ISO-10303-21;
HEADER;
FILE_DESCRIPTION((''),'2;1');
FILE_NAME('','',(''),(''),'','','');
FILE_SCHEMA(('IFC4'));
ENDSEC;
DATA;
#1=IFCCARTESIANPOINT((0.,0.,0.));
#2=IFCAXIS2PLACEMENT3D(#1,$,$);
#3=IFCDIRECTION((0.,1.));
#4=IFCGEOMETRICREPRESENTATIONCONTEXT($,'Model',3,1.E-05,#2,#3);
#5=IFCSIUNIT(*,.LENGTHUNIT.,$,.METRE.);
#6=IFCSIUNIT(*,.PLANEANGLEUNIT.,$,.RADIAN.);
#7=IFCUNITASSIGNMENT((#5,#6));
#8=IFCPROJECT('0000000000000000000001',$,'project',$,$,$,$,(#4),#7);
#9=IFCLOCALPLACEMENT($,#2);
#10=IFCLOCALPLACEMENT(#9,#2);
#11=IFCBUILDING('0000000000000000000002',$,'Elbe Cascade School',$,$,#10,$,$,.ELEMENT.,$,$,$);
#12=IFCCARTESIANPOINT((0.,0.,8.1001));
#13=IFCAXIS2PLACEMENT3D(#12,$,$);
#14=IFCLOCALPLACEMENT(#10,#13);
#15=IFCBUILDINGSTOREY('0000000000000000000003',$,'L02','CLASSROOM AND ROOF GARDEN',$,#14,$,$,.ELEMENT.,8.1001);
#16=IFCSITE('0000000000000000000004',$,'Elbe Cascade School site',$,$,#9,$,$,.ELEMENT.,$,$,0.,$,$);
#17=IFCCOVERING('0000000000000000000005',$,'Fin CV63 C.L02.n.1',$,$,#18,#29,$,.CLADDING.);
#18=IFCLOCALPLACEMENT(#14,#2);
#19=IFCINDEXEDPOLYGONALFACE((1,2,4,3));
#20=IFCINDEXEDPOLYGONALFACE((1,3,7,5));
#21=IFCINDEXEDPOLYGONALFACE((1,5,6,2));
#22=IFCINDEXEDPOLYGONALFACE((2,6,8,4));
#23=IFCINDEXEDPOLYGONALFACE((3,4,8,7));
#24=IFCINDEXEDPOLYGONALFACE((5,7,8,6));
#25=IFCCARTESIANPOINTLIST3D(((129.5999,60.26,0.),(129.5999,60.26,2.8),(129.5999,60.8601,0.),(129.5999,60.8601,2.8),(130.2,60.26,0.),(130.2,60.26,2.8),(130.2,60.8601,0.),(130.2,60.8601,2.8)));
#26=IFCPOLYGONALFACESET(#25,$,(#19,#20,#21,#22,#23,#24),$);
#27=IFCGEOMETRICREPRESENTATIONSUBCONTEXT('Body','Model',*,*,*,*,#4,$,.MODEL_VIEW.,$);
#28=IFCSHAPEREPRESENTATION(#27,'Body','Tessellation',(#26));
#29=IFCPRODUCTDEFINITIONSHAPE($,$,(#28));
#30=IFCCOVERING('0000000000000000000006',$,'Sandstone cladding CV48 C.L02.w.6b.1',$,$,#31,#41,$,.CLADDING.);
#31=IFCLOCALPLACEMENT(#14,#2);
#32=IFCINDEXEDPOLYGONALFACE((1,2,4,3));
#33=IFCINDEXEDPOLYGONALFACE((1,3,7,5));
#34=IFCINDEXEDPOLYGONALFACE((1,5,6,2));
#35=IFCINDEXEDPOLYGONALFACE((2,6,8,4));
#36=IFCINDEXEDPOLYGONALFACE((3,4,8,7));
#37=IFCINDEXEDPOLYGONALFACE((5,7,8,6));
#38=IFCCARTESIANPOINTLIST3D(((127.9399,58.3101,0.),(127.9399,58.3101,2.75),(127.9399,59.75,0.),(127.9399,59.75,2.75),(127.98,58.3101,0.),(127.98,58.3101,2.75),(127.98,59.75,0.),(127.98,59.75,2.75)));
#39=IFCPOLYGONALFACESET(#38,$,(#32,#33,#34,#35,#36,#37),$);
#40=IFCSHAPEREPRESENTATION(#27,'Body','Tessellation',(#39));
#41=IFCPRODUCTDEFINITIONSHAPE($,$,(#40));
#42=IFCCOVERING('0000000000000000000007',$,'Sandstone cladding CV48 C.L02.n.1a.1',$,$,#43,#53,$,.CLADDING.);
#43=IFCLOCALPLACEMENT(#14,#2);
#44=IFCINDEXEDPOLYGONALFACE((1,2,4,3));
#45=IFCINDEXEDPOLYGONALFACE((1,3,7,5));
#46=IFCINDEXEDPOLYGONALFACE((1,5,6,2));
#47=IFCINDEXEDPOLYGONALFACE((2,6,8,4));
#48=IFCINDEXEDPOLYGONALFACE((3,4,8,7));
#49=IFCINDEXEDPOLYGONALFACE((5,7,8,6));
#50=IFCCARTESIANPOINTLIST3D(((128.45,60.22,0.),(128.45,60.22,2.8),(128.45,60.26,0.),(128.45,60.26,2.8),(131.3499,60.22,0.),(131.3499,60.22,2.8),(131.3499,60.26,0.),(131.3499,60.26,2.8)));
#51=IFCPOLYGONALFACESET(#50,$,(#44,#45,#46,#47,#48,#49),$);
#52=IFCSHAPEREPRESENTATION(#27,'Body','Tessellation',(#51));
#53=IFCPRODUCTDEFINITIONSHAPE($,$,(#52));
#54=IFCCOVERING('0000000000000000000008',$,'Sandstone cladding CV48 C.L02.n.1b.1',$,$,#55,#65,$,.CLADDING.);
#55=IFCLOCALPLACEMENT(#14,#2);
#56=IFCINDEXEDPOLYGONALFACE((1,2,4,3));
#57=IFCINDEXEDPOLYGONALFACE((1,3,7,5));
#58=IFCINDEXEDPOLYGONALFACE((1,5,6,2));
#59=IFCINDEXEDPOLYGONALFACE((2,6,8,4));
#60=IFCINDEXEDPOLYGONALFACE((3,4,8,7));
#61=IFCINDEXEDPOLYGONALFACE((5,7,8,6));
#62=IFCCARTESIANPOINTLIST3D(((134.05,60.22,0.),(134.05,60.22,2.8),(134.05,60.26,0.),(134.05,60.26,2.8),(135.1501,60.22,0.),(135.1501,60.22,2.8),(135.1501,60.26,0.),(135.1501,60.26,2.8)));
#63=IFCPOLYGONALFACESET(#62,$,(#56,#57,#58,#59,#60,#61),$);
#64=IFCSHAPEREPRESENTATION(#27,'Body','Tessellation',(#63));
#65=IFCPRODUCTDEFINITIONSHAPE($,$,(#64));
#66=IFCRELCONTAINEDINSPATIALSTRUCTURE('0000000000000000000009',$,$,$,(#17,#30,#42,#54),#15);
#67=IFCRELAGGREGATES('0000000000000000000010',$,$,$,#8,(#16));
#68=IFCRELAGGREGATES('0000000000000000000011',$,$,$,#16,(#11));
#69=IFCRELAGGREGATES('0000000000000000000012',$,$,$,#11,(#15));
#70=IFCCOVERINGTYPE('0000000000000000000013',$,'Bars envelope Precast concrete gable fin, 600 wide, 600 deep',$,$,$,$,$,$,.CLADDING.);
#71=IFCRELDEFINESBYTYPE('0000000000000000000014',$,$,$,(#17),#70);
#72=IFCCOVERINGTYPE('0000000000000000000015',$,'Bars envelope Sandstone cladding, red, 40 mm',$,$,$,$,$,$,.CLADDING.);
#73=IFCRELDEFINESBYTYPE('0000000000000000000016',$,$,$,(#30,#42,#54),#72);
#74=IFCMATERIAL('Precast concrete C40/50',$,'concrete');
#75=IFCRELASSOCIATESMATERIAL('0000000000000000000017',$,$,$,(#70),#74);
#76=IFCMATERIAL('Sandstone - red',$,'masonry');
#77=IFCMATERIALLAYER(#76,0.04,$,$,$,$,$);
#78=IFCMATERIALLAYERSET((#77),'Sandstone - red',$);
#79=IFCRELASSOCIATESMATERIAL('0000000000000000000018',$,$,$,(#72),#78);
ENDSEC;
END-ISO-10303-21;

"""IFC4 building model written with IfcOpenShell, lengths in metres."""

from ifc_helpers import new_model, si_unit, direction, frame, origin, origin_2d, place, context, subcontext, project, spatial, rectangle, extrude, material, layer, layer_set, type_object, element, save


model = new_model("IFC4")

# Units and contexts
model_context = context("Model", 3, precision=1e-05, world=origin(), true_north=direction((0.0, 1.0)))
body_context = subcontext(model_context, "Body", "Model", "MODEL_VIEW")
ifc_project = project(units=[si_unit("LENGTHUNIT", "METRE"), si_unit("PLANEANGLEUNIT", "RADIAN")], contexts=[model_context])

# Site, building, storey
site_placement = place(None, origin())
site = spatial("IfcSite", under=ifc_project, at=site_placement, Name="Elbe Cascade School site", CompositionType="ELEMENT", RefElevation=0.0)
building_placement = place(site_placement, origin())
building = spatial("IfcBuilding", under=site, at=building_placement, Name="Elbe Cascade School", CompositionType="ELEMENT")
storey_placement = place(building_placement, frame((0.0, 0.0, 8.1001)))
storey = spatial("IfcBuildingStorey", under=building, at=storey_placement, Name="L02", Description="CLASSROOM AND ROOF GARDEN", CompositionType="ELEMENT", Elevation=8.1001)

# Coverings
ifc_material_1 = material(Name="Precast concrete C40/50", Category="concrete")
covering_type_1 = type_object("IfcCoveringType", Name="Bars envelope Precast concrete gable fin, 600 wide, 600 deep", PredefinedType="CLADDING", material=ifc_material_1)
covering_1_placement = place(storey_placement, frame((129.8999, 60.5601, 0.0), z_axis=(0.0, 0.0, 1.0), x_axis=(1.0, 0.0, 0.0)))
element("IfcCovering", 1, at=covering_1_placement, inside=storey, type_object=covering_type_1, Name="Fin CV63 C.L02.n.1", PredefinedType="CLADDING", context=body_context, shape_type="SweptSolid", body=[
    extrude(rectangle(XDim=0.6001, YDim=0.6001, at=origin_2d()), origin(), (0.0, 0.0, 1.0), 2.8),
])
ifc_material_2 = material(Name="Sandstone - red", Category="masonry")
ifc_layer_1 = layer(ifc_material_2, 0.04)
ifc_layer_set_1 = layer_set([ifc_layer_1], Name="Sandstone - red")
covering_type_2 = type_object("IfcCoveringType", Name="Bars envelope Sandstone cladding, red, 40 mm", PredefinedType="CLADDING", material=ifc_layer_set_1)
covering_2_placement = place(storey_placement, frame((127.96, 59.03, 0.0), z_axis=(0.0, 0.0, 1.0), x_axis=(0.0, 1.0, 0.0)))
element("IfcCovering", 2, at=covering_2_placement, inside=storey, type_object=covering_type_2, Name="Sandstone cladding CV48 C.L02.w.6b.1", PredefinedType="CLADDING", context=body_context, shape_type="SweptSolid", body=[
    extrude(rectangle(XDim=1.4399, YDim=0.04, at=origin_2d()), origin(), (0.0, 0.0, 1.0), 2.75),
])
covering_3_placement = place(storey_placement, frame((129.8999, 60.24, 0.0), z_axis=(0.0, 0.0, 1.0), x_axis=(1.0, 0.0, 0.0)))
element("IfcCovering", 3, at=covering_3_placement, inside=storey, type_object=covering_type_2, Name="Sandstone cladding CV48 C.L02.n.1a.1", PredefinedType="CLADDING", context=body_context, shape_type="SweptSolid", body=[
    extrude(rectangle(XDim=2.8999, YDim=0.04, at=origin_2d()), origin(), (0.0, 0.0, 1.0), 2.8),
])
covering_4_placement = place(storey_placement, frame((134.6001, 60.24, 0.0), z_axis=(0.0, 0.0, 1.0), x_axis=(1.0, 0.0, 0.0)))
element("IfcCovering", 4, at=covering_4_placement, inside=storey, type_object=covering_type_2, Name="Sandstone cladding CV48 C.L02.n.1b.1", PredefinedType="CLADDING", context=body_context, shape_type="SweptSolid", body=[
    extrude(rectangle(XDim=1.1001, YDim=0.04, at=origin_2d()), origin(), (0.0, 0.0, 1.0), 2.8),
])

save(model, "model.ifc")
